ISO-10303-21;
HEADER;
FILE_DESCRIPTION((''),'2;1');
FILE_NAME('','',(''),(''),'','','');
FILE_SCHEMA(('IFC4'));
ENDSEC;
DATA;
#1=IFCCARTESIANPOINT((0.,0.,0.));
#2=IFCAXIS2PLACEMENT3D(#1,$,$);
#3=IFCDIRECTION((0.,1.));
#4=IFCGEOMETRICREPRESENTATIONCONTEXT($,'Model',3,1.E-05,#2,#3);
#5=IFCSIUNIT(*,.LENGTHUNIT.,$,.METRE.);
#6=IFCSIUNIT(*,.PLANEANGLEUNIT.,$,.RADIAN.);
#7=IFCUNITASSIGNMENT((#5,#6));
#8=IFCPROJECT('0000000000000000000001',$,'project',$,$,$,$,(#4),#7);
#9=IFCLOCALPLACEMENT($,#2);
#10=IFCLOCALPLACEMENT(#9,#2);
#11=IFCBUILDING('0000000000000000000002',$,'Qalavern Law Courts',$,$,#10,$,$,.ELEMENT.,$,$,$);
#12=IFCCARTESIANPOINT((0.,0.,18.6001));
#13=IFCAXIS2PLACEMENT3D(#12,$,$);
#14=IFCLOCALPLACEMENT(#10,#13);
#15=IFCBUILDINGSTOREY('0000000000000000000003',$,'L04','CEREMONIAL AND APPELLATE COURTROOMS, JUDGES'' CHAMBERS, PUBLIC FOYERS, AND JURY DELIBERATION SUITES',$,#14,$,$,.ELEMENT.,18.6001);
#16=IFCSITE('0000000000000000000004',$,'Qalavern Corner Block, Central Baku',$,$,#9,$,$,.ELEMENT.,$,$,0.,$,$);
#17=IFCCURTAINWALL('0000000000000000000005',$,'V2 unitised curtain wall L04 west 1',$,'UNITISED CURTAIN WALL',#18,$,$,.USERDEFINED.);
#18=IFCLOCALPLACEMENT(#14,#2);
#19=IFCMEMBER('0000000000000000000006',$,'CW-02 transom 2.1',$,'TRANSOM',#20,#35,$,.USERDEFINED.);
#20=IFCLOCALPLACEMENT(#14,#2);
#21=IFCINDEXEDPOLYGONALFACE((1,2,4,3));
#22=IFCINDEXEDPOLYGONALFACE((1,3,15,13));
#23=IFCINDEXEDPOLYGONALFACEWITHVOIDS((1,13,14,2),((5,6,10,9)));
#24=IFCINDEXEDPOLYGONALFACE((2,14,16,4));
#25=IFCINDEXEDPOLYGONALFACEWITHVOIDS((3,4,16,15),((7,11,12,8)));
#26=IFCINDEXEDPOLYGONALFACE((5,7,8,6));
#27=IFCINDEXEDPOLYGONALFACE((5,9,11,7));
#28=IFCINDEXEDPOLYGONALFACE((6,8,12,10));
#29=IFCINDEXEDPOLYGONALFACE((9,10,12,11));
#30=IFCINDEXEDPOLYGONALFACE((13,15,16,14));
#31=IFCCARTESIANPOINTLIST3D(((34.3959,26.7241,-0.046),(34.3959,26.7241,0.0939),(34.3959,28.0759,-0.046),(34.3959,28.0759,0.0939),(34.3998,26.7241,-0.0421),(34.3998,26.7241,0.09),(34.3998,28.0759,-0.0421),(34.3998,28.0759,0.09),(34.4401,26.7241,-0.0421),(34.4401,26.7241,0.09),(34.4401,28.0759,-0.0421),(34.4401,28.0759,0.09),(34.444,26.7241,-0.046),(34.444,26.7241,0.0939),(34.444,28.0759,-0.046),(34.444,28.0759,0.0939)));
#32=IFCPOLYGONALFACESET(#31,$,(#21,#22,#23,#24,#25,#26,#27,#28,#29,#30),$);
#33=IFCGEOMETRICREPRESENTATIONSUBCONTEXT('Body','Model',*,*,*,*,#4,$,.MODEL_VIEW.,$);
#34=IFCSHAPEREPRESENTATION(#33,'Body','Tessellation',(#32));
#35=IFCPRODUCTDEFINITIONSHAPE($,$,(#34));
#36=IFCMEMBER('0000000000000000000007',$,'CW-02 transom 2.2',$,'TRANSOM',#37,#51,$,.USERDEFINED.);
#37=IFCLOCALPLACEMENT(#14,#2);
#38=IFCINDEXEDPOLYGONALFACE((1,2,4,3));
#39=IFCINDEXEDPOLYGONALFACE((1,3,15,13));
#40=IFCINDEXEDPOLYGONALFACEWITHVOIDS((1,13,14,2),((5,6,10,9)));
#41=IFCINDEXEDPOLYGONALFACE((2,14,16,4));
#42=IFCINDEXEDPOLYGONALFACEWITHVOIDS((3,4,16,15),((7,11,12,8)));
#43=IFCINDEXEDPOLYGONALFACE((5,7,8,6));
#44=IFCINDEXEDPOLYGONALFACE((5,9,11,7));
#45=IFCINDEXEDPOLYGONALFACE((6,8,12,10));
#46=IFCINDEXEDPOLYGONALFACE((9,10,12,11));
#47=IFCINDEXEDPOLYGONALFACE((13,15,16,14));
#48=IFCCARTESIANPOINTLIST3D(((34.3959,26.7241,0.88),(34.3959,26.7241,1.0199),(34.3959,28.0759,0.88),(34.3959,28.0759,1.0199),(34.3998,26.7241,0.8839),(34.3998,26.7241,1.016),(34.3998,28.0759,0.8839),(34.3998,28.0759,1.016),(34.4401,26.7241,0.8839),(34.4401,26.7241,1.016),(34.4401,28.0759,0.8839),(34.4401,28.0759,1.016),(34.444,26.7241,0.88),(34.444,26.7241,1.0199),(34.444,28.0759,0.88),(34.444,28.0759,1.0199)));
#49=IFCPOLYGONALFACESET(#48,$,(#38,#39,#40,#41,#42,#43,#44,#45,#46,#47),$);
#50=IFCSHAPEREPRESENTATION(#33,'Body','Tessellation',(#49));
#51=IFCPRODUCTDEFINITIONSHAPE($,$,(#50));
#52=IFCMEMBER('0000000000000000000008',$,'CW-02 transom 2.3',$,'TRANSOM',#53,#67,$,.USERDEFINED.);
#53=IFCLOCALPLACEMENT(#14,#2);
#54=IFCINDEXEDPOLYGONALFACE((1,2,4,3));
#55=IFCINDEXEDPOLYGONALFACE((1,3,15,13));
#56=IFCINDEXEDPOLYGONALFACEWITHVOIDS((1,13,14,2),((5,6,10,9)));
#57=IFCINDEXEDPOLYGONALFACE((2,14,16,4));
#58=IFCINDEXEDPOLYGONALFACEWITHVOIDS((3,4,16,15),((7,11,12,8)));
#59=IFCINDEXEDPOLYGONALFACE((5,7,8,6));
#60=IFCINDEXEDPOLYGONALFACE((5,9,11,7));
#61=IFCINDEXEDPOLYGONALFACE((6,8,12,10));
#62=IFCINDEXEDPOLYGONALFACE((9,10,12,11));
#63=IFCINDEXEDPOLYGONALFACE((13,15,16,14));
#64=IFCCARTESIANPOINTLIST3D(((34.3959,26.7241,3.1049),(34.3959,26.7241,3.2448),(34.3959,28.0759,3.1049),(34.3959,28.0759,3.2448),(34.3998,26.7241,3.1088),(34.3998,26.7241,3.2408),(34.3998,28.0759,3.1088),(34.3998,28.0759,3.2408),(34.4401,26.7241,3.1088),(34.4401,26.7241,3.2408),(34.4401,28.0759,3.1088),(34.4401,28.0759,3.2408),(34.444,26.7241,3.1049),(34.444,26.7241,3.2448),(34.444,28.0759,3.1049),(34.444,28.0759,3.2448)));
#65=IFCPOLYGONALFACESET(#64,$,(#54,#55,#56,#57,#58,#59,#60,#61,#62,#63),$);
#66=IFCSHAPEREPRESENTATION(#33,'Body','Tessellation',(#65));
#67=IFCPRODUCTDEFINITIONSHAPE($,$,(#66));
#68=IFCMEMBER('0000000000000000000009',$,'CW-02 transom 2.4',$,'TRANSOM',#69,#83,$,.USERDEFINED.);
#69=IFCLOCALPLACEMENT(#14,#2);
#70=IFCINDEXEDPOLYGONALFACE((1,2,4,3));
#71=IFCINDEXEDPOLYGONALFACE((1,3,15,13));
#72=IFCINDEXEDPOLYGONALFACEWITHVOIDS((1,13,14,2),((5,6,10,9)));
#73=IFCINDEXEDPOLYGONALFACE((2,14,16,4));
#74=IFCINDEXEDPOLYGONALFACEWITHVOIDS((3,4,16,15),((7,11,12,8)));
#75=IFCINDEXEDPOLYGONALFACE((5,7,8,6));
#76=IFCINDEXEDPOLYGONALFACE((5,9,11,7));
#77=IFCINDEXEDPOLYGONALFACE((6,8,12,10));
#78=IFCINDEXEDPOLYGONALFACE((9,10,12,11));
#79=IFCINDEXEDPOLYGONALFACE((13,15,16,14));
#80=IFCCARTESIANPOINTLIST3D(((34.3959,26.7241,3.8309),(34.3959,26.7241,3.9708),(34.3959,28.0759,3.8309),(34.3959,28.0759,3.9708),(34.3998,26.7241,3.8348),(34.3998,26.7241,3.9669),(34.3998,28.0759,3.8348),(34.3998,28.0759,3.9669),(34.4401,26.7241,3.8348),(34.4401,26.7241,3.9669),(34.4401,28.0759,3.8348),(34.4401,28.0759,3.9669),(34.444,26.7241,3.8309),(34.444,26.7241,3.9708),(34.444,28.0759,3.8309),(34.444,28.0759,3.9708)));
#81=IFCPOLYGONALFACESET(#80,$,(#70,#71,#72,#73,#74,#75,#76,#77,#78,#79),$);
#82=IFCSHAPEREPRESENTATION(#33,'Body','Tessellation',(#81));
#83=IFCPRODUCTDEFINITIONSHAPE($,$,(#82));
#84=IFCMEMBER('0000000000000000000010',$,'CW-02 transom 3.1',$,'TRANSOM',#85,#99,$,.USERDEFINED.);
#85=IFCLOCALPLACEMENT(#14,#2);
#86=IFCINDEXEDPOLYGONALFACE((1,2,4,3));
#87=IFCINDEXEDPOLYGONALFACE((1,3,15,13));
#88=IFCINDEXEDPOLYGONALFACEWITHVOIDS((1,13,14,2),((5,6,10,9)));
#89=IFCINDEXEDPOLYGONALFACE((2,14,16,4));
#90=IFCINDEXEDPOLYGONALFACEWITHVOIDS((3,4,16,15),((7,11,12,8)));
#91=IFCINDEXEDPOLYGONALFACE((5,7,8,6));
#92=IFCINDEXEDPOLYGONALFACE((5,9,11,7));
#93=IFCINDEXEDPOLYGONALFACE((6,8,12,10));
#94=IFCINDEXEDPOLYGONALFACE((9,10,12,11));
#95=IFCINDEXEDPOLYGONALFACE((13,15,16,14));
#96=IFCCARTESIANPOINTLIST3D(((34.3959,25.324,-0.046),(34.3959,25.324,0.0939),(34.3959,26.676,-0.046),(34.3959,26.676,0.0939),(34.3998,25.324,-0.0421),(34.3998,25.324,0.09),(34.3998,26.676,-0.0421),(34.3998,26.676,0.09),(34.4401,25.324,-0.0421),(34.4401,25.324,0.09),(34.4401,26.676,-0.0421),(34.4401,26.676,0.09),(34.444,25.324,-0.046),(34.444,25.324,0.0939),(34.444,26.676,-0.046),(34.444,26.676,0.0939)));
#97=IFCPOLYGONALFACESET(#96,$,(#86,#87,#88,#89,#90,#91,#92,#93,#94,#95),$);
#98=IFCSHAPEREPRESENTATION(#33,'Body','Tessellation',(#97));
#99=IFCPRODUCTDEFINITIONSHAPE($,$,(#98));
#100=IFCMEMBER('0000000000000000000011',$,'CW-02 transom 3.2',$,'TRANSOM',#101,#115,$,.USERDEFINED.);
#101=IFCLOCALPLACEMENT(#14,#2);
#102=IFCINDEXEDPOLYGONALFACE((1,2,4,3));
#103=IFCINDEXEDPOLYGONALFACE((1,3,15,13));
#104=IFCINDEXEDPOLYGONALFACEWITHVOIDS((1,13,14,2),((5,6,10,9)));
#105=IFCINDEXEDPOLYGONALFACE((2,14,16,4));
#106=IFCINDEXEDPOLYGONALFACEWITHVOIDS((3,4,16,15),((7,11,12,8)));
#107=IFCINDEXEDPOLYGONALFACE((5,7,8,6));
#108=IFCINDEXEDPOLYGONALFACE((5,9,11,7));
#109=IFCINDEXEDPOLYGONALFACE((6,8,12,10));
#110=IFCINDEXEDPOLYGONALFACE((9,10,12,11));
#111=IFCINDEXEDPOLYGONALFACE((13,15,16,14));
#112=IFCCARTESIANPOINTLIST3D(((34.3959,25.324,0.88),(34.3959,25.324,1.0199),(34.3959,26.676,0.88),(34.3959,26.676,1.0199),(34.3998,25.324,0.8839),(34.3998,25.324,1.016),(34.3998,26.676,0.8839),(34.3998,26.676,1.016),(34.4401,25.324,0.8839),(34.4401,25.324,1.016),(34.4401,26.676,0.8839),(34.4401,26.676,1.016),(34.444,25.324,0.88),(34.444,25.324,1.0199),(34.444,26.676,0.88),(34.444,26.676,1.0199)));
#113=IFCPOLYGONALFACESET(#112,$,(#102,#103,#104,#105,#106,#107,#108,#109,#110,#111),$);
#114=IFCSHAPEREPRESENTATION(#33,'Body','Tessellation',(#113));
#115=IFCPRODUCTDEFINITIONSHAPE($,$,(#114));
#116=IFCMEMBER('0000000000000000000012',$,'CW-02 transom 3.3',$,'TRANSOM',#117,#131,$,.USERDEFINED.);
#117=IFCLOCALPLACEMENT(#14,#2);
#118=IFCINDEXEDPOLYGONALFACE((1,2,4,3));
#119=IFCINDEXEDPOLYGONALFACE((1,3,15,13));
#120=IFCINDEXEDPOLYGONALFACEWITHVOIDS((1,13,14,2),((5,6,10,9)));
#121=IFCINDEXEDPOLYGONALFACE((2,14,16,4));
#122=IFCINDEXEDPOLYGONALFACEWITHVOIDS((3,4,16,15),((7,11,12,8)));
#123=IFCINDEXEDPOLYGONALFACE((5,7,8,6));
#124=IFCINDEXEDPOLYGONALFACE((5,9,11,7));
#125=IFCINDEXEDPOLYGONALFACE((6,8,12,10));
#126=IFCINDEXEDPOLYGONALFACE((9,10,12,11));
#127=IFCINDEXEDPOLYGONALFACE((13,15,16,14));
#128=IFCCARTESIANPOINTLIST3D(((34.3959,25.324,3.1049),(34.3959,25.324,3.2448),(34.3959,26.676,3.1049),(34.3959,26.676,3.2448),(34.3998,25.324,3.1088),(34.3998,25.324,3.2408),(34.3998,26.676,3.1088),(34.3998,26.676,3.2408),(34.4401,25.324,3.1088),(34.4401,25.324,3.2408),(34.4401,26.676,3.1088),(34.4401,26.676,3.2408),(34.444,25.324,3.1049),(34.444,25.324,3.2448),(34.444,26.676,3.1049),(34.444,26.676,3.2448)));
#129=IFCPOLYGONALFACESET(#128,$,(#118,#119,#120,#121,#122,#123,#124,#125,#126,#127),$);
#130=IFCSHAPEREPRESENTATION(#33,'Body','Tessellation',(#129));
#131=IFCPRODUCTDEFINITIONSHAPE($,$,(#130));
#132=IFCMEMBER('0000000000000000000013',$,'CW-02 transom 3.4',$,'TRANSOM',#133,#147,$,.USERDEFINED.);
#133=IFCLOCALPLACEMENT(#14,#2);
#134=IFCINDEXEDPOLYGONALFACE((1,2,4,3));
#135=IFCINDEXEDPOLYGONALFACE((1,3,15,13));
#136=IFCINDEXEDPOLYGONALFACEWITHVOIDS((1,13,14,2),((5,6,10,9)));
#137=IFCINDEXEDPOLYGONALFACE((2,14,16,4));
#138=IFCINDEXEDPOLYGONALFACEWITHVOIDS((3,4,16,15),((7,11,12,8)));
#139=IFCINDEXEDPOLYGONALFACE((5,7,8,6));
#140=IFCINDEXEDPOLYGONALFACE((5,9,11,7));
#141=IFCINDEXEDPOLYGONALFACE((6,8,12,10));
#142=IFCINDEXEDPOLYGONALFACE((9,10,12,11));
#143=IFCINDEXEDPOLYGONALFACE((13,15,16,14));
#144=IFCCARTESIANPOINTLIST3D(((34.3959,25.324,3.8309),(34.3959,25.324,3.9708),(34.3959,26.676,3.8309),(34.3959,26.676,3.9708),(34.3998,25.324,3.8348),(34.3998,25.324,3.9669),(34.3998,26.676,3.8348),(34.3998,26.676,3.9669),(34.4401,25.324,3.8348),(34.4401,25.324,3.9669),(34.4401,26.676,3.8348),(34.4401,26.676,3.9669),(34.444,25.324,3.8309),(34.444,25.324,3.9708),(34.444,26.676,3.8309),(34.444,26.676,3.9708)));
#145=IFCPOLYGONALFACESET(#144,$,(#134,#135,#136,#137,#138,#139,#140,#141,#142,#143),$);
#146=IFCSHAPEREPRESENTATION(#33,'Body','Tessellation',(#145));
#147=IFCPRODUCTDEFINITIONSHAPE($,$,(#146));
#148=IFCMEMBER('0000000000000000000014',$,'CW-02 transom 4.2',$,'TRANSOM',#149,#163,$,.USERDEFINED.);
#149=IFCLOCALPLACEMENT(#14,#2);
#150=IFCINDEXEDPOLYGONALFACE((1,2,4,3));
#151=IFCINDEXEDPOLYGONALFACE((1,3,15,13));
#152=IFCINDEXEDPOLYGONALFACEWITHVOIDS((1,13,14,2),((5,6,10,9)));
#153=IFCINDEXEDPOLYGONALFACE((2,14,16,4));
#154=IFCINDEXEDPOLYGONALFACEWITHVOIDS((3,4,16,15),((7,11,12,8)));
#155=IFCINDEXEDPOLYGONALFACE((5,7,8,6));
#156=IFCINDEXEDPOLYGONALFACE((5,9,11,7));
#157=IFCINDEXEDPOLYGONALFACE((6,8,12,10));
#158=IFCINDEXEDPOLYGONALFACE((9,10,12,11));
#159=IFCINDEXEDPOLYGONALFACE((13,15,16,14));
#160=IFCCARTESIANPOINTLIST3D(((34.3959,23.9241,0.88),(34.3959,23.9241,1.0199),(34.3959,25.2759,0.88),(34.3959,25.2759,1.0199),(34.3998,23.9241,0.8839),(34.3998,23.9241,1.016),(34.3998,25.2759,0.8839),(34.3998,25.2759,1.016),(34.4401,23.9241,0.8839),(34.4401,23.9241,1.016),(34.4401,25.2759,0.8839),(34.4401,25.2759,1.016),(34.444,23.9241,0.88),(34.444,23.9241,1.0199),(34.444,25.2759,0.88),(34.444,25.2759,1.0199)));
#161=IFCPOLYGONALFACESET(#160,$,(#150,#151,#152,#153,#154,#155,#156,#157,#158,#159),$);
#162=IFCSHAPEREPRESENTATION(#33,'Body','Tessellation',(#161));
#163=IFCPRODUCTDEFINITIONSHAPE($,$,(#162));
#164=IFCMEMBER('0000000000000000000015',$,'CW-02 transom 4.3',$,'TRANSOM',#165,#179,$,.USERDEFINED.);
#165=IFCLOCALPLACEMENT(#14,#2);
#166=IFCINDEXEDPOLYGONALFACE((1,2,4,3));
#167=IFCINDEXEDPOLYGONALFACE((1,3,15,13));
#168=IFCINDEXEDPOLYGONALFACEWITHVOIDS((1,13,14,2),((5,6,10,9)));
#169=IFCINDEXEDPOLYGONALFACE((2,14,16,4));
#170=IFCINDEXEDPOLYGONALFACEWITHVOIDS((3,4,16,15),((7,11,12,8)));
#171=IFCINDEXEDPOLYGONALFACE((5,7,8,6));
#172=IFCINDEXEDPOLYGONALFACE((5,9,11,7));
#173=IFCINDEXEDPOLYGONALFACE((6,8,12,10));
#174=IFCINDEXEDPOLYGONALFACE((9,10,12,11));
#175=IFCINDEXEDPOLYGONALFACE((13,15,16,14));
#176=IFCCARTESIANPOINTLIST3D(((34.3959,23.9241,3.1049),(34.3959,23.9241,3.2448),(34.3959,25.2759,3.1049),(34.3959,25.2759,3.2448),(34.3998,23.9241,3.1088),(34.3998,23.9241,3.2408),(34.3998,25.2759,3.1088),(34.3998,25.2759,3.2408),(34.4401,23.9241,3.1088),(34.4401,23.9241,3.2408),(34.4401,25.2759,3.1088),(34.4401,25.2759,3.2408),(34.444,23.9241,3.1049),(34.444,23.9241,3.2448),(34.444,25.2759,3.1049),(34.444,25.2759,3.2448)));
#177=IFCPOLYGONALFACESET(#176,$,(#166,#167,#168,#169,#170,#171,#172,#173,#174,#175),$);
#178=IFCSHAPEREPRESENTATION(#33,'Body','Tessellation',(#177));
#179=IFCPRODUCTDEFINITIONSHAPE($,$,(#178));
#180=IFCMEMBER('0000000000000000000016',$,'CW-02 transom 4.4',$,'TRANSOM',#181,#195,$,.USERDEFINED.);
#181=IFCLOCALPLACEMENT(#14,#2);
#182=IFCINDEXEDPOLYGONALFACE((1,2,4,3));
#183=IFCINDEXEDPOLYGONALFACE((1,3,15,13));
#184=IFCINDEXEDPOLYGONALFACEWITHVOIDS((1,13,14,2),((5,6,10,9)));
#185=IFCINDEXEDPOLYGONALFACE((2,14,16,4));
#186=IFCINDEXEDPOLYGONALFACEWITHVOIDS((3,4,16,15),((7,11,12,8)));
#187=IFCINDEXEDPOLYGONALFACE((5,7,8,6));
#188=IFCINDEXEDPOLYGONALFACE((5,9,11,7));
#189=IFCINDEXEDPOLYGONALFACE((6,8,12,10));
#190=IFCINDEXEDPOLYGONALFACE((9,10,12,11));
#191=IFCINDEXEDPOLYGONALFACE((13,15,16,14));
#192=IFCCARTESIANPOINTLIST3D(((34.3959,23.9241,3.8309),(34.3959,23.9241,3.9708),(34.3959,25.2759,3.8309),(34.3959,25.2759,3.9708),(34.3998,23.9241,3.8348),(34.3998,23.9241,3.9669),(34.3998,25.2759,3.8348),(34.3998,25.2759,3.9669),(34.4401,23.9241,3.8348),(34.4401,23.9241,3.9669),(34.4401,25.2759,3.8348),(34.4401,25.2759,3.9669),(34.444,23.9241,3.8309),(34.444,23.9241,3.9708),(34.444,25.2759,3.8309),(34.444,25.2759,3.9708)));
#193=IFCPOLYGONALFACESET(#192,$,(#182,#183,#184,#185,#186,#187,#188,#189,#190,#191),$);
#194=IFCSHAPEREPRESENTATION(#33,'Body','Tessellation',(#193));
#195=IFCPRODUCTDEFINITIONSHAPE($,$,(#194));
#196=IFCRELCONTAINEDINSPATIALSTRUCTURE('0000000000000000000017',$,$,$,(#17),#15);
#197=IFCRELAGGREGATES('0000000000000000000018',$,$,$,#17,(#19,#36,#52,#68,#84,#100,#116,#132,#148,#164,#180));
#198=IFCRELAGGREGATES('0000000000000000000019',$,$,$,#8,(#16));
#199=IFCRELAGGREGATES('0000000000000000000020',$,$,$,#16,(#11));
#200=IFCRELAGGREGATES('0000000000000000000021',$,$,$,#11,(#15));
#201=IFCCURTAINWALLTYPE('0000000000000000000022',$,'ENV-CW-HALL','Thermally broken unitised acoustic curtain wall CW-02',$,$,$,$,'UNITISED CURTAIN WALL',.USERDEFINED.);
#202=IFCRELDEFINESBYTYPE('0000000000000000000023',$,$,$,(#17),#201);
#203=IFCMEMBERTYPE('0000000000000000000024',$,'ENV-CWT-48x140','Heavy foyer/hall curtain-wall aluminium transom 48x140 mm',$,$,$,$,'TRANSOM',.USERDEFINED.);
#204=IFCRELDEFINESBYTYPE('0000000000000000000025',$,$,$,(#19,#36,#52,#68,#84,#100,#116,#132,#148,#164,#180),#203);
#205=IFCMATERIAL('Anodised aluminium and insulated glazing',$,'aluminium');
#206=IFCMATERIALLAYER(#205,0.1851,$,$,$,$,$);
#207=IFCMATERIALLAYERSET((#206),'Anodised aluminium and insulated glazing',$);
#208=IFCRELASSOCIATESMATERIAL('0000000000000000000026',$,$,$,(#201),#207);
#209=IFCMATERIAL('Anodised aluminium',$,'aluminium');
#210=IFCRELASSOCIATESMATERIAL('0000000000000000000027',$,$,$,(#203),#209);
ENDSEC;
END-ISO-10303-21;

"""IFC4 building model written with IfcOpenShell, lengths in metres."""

from ifc_helpers import new_model, si_unit, direction, frame, origin, origin_2d, place, context, subcontext, project, spatial, hollow_rectangle, extrude, material, layer, layer_set, material_profile, profile_set, type_object, element, aggregate, save


model = new_model("IFC4")

# Units and contexts
model_context = context("Model", 3, precision=1e-05, world=origin(), true_north=direction((0.0, 1.0)))
body_context = subcontext(model_context, "Body", "Model", "MODEL_VIEW")
ifc_project = project(units=[si_unit("LENGTHUNIT", "METRE"), si_unit("PLANEANGLEUNIT", "RADIAN")], contexts=[model_context])

# Site, building, storey
site_placement = place(None, origin())
site = spatial("IfcSite", under=ifc_project, at=site_placement, Name="Qalavern Corner Block, Central Baku", CompositionType="ELEMENT", RefElevation=0.0)
building_placement = place(site_placement, origin())
building = spatial("IfcBuilding", under=site, at=building_placement, Name="Qalavern Law Courts", CompositionType="ELEMENT")
storey_placement = place(building_placement, frame((0.0, 0.0, 18.6001)))
storey = spatial("IfcBuildingStorey", under=building, at=storey_placement, Name="L04", Description="CEREMONIAL AND APPELLATE COURTROOMS, JUDGES' CHAMBERS, PUBLIC FOYERS, AND JURY DELIBERATION SUITES", CompositionType="ELEMENT", Elevation=18.6001)

# Curtain wall
ifc_material_1 = material(Name="Anodised aluminium and insulated glazing", Category="aluminium")
ifc_layer_1 = layer(ifc_material_1, 0.1851)
ifc_layer_set_1 = layer_set([ifc_layer_1], Name="Anodised aluminium and insulated glazing")
curtain_wall_type_1 = type_object("IfcCurtainWallType", Name="ENV-CW-HALL", Description="Thermally broken unitised acoustic curtain wall CW-02", ElementType="UNITISED CURTAIN WALL", PredefinedType="USERDEFINED", material=ifc_layer_set_1)
curtain_wall_1_placement = place(storey_placement, origin())
curtain_wall_1 = element("IfcCurtainWall", 1, at=curtain_wall_1_placement, inside=storey, type_object=curtain_wall_type_1, Name="V2 unitised curtain wall L04 west 1", ObjectType="UNITISED CURTAIN WALL", PredefinedType="USERDEFINED")
ifc_material_2 = material(Name="Anodised aluminium", Category="aluminium")
ifc_material_profile_1 = material_profile(ifc_material_2, hollow_rectangle(XDim=0.0481, YDim=0.1399, WallThickness=0.0039, at=origin_2d()), Name="ALU TRANSOM 48x140")
ifc_profile_set_1 = profile_set([ifc_material_profile_1], Name="Anodised aluminium")
member_type_1 = type_object("IfcMemberType", Name="ENV-CWT-48x140", Description="Heavy foyer/hall curtain-wall aluminium transom 48x140 mm", ElementType="TRANSOM", PredefinedType="USERDEFINED", material=ifc_profile_set_1)

# Members
member_1_placement = place(storey_placement, frame((34.4199, 28.0759, 0.0239), z_axis=(0.0, -1.0, 0.0), x_axis=(1.0, 0.0, 0.0)))
member_1 = element("IfcMember", 2, at=member_1_placement, type_object=member_type_1, Name="CW-02 transom 2.1", ObjectType="TRANSOM", PredefinedType="USERDEFINED", context=body_context, shape_type="SweptSolid", body=[
    extrude(hollow_rectangle(XDim=0.0481, YDim=0.1399, WallThickness=0.0039, at=origin_2d()), origin(), (0.0, 0.0, 1.0), 1.3518),
])
member_2_placement = place(storey_placement, frame((34.4199, 28.0759, 0.95), z_axis=(0.0, -1.0, 0.0), x_axis=(1.0, 0.0, 0.0)))
member_2 = element("IfcMember", 3, at=member_2_placement, type_object=member_type_1, Name="CW-02 transom 2.2", ObjectType="TRANSOM", PredefinedType="USERDEFINED", context=body_context, shape_type="SweptSolid", body=[
    extrude(hollow_rectangle(XDim=0.0481, YDim=0.1399, WallThickness=0.0039, at=origin_2d()), origin(), (0.0, 0.0, 1.0), 1.3518),
])
member_3_placement = place(storey_placement, frame((34.4199, 28.0759, 3.1748), z_axis=(0.0, -1.0, 0.0), x_axis=(1.0, 0.0, 0.0)))
member_3 = element("IfcMember", 4, at=member_3_placement, type_object=member_type_1, Name="CW-02 transom 2.3", ObjectType="TRANSOM", PredefinedType="USERDEFINED", context=body_context, shape_type="SweptSolid", body=[
    extrude(hollow_rectangle(XDim=0.0481, YDim=0.1399, WallThickness=0.0039, at=origin_2d()), origin(), (0.0, 0.0, 1.0), 1.3518),
])
member_4_placement = place(storey_placement, frame((34.4199, 28.0759, 3.9009), z_axis=(0.0, -1.0, 0.0), x_axis=(1.0, 0.0, 0.0)))
member_4 = element("IfcMember", 5, at=member_4_placement, type_object=member_type_1, Name="CW-02 transom 2.4", ObjectType="TRANSOM", PredefinedType="USERDEFINED", context=body_context, shape_type="SweptSolid", body=[
    extrude(hollow_rectangle(XDim=0.0481, YDim=0.1399, WallThickness=0.0039, at=origin_2d()), origin(), (0.0, 0.0, 1.0), 1.3518),
])
member_5_placement = place(storey_placement, frame((34.4199, 26.676, 0.0239), z_axis=(0.0, -1.0, 0.0), x_axis=(1.0, 0.0, 0.0)))
member_5 = element("IfcMember", 6, at=member_5_placement, type_object=member_type_1, Name="CW-02 transom 3.1", ObjectType="TRANSOM", PredefinedType="USERDEFINED", context=body_context, shape_type="SweptSolid", body=[
    extrude(hollow_rectangle(XDim=0.0481, YDim=0.1399, WallThickness=0.0039, at=origin_2d()), origin(), (0.0, 0.0, 1.0), 1.3521),
])
member_6_placement = place(storey_placement, frame((34.4199, 26.676, 0.95), z_axis=(0.0, -1.0, 0.0), x_axis=(1.0, 0.0, 0.0)))
member_6 = element("IfcMember", 7, at=member_6_placement, type_object=member_type_1, Name="CW-02 transom 3.2", ObjectType="TRANSOM", PredefinedType="USERDEFINED", context=body_context, shape_type="SweptSolid", body=[
    extrude(hollow_rectangle(XDim=0.0481, YDim=0.1399, WallThickness=0.0039, at=origin_2d()), origin(), (0.0, 0.0, 1.0), 1.3521),
])
member_7_placement = place(storey_placement, frame((34.4199, 26.676, 3.1748), z_axis=(0.0, -1.0, 0.0), x_axis=(1.0, 0.0, 0.0)))
member_7 = element("IfcMember", 8, at=member_7_placement, type_object=member_type_1, Name="CW-02 transom 3.3", ObjectType="TRANSOM", PredefinedType="USERDEFINED", context=body_context, shape_type="SweptSolid", body=[
    extrude(hollow_rectangle(XDim=0.0481, YDim=0.1399, WallThickness=0.0039, at=origin_2d()), origin(), (0.0, 0.0, 1.0), 1.3521),
])
member_8_placement = place(storey_placement, frame((34.4199, 26.676, 3.9009), z_axis=(0.0, -1.0, 0.0), x_axis=(1.0, 0.0, 0.0)))
member_8 = element("IfcMember", 9, at=member_8_placement, type_object=member_type_1, Name="CW-02 transom 3.4", ObjectType="TRANSOM", PredefinedType="USERDEFINED", context=body_context, shape_type="SweptSolid", body=[
    extrude(hollow_rectangle(XDim=0.0481, YDim=0.1399, WallThickness=0.0039, at=origin_2d()), origin(), (0.0, 0.0, 1.0), 1.3521),
])
member_9_placement = place(storey_placement, frame((34.4199, 25.2759, 0.95), z_axis=(0.0, -1.0, 0.0), x_axis=(1.0, 0.0, 0.0)))
member_9 = element("IfcMember", 10, at=member_9_placement, type_object=member_type_1, Name="CW-02 transom 4.2", ObjectType="TRANSOM", PredefinedType="USERDEFINED", context=body_context, shape_type="SweptSolid", body=[
    extrude(hollow_rectangle(XDim=0.0481, YDim=0.1399, WallThickness=0.0039, at=origin_2d()), origin(), (0.0, 0.0, 1.0), 1.3518),
])
member_10_placement = place(storey_placement, frame((34.4199, 25.2759, 3.1748), z_axis=(0.0, -1.0, 0.0), x_axis=(1.0, 0.0, 0.0)))
member_10 = element("IfcMember", 11, at=member_10_placement, type_object=member_type_1, Name="CW-02 transom 4.3", ObjectType="TRANSOM", PredefinedType="USERDEFINED", context=body_context, shape_type="SweptSolid", body=[
    extrude(hollow_rectangle(XDim=0.0481, YDim=0.1399, WallThickness=0.0039, at=origin_2d()), origin(), (0.0, 0.0, 1.0), 1.3518),
])
member_11_placement = place(storey_placement, frame((34.4199, 25.2759, 3.9009), z_axis=(0.0, -1.0, 0.0), x_axis=(1.0, 0.0, 0.0)))
member_11 = element("IfcMember", 12, at=member_11_placement, type_object=member_type_1, Name="CW-02 transom 4.4", ObjectType="TRANSOM", PredefinedType="USERDEFINED", context=body_context, shape_type="SweptSolid", body=[
    extrude(hollow_rectangle(XDim=0.0481, YDim=0.1399, WallThickness=0.0039, at=origin_2d()), origin(), (0.0, 0.0, 1.0), 1.3518),
])

aggregate(curtain_wall_1, [member_1, member_2, member_3, member_4, member_5, member_6, member_7, member_8, member_9, member_10, member_11])

save(model, "model.ifc")
